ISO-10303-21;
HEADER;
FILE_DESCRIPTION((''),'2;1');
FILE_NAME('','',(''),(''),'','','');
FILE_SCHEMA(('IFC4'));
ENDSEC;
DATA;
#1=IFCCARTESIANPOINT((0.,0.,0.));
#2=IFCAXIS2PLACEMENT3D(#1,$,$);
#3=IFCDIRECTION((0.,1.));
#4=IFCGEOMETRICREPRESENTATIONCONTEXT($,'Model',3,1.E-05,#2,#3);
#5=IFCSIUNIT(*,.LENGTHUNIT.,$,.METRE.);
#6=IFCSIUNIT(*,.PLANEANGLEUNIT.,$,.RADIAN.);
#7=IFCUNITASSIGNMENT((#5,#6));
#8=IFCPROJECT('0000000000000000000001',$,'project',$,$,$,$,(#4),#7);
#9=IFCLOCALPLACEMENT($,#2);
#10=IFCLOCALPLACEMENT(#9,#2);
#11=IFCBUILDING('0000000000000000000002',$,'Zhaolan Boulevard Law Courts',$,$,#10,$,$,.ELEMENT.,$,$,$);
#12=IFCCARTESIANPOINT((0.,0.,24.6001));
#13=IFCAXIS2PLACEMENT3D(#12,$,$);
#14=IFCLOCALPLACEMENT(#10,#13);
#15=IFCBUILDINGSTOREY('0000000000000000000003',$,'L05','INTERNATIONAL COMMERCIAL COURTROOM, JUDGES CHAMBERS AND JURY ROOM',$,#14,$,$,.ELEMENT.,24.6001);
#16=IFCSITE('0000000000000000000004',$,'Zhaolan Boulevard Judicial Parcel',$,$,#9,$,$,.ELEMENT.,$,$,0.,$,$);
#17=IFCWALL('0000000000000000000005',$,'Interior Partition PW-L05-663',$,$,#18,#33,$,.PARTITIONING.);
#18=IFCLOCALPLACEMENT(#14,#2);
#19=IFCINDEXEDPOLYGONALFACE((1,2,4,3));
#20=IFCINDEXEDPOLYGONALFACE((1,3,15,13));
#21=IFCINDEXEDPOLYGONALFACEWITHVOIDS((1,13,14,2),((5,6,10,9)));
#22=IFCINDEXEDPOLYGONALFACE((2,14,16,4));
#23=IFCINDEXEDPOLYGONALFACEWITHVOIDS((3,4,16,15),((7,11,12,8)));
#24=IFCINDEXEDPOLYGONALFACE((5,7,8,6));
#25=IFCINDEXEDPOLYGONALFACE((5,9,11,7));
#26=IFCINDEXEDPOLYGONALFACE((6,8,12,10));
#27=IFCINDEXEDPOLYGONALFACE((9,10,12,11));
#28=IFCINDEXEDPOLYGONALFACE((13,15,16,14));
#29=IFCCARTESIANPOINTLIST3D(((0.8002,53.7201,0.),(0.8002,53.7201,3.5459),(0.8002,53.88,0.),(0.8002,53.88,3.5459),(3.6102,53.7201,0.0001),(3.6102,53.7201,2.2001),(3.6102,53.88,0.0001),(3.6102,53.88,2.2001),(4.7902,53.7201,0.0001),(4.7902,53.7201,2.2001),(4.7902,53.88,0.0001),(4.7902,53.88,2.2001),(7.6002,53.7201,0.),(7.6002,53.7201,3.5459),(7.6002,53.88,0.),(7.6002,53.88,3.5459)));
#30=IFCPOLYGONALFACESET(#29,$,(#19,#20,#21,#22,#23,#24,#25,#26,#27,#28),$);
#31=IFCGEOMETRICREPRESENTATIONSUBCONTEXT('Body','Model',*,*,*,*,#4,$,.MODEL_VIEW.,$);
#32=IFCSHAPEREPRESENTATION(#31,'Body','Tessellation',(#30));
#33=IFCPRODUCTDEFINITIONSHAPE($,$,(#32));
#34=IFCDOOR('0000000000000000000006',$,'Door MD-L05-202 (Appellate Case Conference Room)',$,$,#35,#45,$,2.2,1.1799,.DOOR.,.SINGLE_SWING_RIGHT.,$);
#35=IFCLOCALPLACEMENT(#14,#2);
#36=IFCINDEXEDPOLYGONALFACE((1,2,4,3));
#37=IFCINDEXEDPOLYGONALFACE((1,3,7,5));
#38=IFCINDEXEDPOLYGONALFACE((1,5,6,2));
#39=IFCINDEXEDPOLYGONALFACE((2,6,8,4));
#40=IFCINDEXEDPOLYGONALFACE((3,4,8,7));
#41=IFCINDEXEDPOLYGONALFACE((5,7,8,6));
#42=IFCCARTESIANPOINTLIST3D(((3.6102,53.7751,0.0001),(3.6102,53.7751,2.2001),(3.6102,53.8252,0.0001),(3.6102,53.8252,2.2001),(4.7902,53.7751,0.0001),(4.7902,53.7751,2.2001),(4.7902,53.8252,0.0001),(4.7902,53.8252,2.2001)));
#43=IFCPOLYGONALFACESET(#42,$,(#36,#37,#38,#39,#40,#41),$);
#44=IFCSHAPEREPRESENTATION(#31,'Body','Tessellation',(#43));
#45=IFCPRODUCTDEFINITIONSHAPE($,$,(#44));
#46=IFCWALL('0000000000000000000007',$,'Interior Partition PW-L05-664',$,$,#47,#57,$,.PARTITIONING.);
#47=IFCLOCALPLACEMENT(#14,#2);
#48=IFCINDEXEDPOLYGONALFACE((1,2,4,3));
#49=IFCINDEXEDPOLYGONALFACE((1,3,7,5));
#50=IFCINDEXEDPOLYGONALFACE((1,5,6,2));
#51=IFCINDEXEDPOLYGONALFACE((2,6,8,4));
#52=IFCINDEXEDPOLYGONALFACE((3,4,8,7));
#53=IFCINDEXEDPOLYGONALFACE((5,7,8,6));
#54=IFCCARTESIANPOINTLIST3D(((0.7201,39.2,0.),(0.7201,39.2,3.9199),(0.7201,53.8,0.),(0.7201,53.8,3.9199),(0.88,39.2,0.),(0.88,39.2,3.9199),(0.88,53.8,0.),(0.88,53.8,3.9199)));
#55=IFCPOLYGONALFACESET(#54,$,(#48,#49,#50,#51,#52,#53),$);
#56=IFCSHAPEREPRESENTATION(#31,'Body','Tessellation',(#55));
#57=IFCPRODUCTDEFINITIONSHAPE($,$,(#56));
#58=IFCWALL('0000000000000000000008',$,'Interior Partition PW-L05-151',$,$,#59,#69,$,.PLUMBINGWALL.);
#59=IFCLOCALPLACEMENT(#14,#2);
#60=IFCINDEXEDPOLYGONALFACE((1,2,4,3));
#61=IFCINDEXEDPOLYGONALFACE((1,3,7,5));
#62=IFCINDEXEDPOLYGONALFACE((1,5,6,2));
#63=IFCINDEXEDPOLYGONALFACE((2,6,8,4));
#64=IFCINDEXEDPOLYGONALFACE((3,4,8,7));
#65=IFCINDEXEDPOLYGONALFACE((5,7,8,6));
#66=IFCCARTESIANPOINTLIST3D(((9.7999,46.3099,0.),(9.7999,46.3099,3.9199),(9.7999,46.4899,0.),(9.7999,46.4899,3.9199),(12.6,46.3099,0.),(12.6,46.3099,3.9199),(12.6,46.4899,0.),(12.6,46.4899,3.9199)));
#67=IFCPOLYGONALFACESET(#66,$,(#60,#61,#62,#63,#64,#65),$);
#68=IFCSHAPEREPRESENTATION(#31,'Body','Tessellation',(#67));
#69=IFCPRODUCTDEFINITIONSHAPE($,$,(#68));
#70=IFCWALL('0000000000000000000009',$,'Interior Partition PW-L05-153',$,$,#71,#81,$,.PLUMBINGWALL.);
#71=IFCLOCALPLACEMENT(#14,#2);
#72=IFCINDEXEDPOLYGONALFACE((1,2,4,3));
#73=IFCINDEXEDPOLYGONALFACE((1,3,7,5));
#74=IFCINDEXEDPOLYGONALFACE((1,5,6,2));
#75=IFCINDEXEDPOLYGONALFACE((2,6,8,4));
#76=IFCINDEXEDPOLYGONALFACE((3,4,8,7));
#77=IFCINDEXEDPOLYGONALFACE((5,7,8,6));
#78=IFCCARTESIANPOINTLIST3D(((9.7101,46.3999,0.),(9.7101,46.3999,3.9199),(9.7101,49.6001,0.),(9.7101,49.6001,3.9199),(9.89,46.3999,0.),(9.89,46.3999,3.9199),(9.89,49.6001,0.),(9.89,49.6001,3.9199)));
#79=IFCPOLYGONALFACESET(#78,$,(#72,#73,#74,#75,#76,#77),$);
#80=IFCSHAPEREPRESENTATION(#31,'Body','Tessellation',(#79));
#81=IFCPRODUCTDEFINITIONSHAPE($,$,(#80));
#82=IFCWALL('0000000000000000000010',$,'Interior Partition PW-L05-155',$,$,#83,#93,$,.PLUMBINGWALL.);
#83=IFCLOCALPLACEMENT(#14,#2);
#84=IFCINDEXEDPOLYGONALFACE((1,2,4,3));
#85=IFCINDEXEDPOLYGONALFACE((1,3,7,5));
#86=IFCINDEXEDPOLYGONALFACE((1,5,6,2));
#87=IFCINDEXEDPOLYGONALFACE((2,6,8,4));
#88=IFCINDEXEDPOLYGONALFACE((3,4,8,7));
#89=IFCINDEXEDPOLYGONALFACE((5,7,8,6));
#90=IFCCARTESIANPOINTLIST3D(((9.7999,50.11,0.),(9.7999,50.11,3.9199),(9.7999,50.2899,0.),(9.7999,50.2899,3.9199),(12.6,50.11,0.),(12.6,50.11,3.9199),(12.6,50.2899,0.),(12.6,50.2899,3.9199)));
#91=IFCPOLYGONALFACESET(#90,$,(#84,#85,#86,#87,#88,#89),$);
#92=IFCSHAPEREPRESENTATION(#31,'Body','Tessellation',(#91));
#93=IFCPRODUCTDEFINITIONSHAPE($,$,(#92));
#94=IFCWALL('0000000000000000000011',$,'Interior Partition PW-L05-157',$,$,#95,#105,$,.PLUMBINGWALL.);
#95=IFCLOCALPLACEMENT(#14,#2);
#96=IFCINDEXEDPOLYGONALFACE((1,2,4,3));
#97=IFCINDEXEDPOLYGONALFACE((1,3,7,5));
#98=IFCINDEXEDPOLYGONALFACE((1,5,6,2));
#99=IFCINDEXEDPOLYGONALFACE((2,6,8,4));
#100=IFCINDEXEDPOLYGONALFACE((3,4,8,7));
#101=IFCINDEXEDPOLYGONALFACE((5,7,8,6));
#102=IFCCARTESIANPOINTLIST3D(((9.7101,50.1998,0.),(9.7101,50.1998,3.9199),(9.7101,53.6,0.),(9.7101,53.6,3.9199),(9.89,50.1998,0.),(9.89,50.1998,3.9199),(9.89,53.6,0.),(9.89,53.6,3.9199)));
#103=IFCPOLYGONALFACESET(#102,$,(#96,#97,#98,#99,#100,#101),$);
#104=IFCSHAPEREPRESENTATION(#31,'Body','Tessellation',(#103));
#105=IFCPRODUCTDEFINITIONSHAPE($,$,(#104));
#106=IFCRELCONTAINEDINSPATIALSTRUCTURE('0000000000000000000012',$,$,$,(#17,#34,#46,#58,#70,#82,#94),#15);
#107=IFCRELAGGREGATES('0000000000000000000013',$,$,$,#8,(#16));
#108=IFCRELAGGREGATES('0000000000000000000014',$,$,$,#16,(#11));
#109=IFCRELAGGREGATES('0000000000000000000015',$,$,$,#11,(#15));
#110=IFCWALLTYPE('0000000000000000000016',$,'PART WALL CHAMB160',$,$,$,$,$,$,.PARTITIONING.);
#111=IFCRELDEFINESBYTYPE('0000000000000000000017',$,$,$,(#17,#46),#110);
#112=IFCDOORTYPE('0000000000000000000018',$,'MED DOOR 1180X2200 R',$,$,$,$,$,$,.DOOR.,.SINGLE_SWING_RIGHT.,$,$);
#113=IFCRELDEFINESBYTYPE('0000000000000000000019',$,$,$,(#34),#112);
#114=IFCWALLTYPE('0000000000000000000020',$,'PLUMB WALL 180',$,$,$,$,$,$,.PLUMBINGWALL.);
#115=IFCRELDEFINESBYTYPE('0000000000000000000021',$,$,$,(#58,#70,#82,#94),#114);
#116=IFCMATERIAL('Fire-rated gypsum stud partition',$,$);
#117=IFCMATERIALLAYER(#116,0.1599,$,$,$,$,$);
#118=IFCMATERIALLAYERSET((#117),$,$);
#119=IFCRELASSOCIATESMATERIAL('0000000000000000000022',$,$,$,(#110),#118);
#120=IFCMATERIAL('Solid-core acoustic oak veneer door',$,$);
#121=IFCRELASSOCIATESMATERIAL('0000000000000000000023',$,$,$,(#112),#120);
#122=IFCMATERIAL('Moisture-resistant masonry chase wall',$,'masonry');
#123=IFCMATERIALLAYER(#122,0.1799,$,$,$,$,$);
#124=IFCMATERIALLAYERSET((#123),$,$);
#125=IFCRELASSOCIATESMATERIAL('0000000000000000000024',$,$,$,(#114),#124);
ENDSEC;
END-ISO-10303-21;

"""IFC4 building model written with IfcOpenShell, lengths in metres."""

from ifc_helpers import new_model, si_unit, direction, frame, frame_2d, origin, place, context, subcontext, project, spatial, rectangle, extrude, material, layer, layer_set, type_object, element, fill, save


model = new_model("IFC4")

# Units and contexts
model_context = context("Model", 3, precision=1e-05, world=origin(), true_north=direction((0.0, 1.0)))
body_context = subcontext(model_context, "Body", "Model", "MODEL_VIEW")
ifc_project = project(units=[si_unit("LENGTHUNIT", "METRE"), si_unit("PLANEANGLEUNIT", "RADIAN")], contexts=[model_context])

# Site, building, storey
site_placement = place(None, origin())
site = spatial("IfcSite", under=ifc_project, at=site_placement, Name="Zhaolan Boulevard Judicial Parcel", CompositionType="ELEMENT", RefElevation=0.0)
building_placement = place(site_placement, origin())
building = spatial("IfcBuilding", under=site, at=building_placement, Name="Zhaolan Boulevard Law Courts", CompositionType="ELEMENT")
storey_placement = place(building_placement, frame((0.0, 0.0, 24.6001)))
storey = spatial("IfcBuildingStorey", under=building, at=storey_placement, Name="L05", Description="INTERNATIONAL COMMERCIAL COURTROOM, JUDGES CHAMBERS AND JURY ROOM", CompositionType="ELEMENT", Elevation=24.6001)

# Wall, opening, door
ifc_material_1 = material(Name="Fire-rated gypsum stud partition")
ifc_layer_1 = layer(ifc_material_1, 0.1599)
ifc_layer_set_1 = layer_set([ifc_layer_1])
wall_type_1 = type_object("IfcWallType", Name="PART WALL CHAMB160", PredefinedType="PARTITIONING", material=ifc_layer_set_1)
wall_1_placement = place(storey_placement, frame((7.6001, 53.8, 0.0), z_axis=(0.0, 0.0, 1.0), x_axis=(-1.0, 0.0, 0.0)))
wall_1 = element("IfcWall", 1, at=wall_1_placement, inside=storey, type_object=wall_type_1, Name="Interior Partition PW-L05-663", PredefinedType="PARTITIONING", context=body_context, shape_type="SweptSolid", body=[
    extrude(rectangle(XDim=6.8, YDim=0.1599, at=frame_2d((3.3999, 0.0))), origin(), (0.0, 0.0, 1.0), 3.5459),
])
opening_placement = place(wall_1_placement, frame((2.8101, 0.0, 0.0)))
opening = element("IfcOpeningElement", 2, at=opening_placement, cuts=wall_1, PredefinedType="OPENING", context=body_context, shape_type="SweptSolid", body=[
    extrude(rectangle(XDim=1.1799, YDim=2.2, at=frame_2d((0.5898, 1.1001))), frame((0.0, 0.0898, 0.0), z_axis=(0.0, -1.0, 0.0), x_axis=(1.0, 0.0, 0.0)), (0.0, 0.0, 1.0), 0.1799),
])
ifc_material_2 = material(Name="Solid-core acoustic oak veneer door")
door_type = type_object("IfcDoorType", Name="MED DOOR 1180X2200 R", OperationType="SINGLE_SWING_RIGHT", PredefinedType="DOOR", material=ifc_material_2)
door_placement = place(opening_placement, origin())
door = element("IfcDoor", 3, at=door_placement, inside=storey, type_object=door_type, Name="Door MD-L05-202 (Appellate Case Conference Room)", OperationType="SINGLE_SWING_RIGHT", OverallHeight=2.2, OverallWidth=1.1799, PredefinedType="DOOR", context=body_context, shape_type="SweptSolid", body=[
    extrude(rectangle(XDim=1.1799, YDim=2.2, at=frame_2d((0.5898, 1.1001))), frame((0.0, 0.0249, 0.0), z_axis=(0.0, -1.0, 0.0), x_axis=(1.0, 0.0, 0.0)), (0.0, 0.0, 1.0), 0.05),
])
fill(opening, door)

# Walls
wall_2_placement = place(storey_placement, frame((0.8, 53.8, 0.0), z_axis=(0.0, 0.0, 1.0), x_axis=(0.0, -1.0, 0.0)))
element("IfcWall", 4, at=wall_2_placement, inside=storey, type_object=wall_type_1, Name="Interior Partition PW-L05-664", PredefinedType="PARTITIONING", context=body_context, shape_type="SweptSolid", body=[
    extrude(rectangle(XDim=14.6001, YDim=0.1599, at=frame_2d((7.3, 0.0))), origin(), (0.0, 0.0, 1.0), 3.9199),
])
ifc_material_3 = material(Name="Moisture-resistant masonry chase wall", Category="masonry")
ifc_layer_2 = layer(ifc_material_3, 0.1799)
ifc_layer_set_2 = layer_set([ifc_layer_2])
wall_type_2 = type_object("IfcWallType", Name="PLUMB WALL 180", PredefinedType="PLUMBINGWALL", material=ifc_layer_set_2)
wall_3_placement = place(storey_placement, frame((9.8, 46.3999, 0.0), z_axis=(0.0, 0.0, 1.0), x_axis=(1.0, 0.0, 0.0)))
element("IfcWall", 5, at=wall_3_placement, inside=storey, type_object=wall_type_2, Name="Interior Partition PW-L05-151", PredefinedType="PLUMBINGWALL", context=body_context, shape_type="SweptSolid", body=[
    extrude(rectangle(XDim=2.8, YDim=0.1799, at=frame_2d((1.3999, 0.0))), origin(), (0.0, 0.0, 1.0), 3.9199),
])
wall_4_placement = place(storey_placement, frame((9.8, 49.6001, 0.0), z_axis=(0.0, 0.0, 1.0), x_axis=(0.0, -1.0, 0.0)))
element("IfcWall", 6, at=wall_4_placement, inside=storey, type_object=wall_type_2, Name="Interior Partition PW-L05-153", PredefinedType="PLUMBINGWALL", context=body_context, shape_type="SweptSolid", body=[
    extrude(rectangle(XDim=3.2002, YDim=0.1799, at=frame_2d((1.6001, 0.0))), origin(), (0.0, 0.0, 1.0), 3.9199),
])
wall_5_placement = place(storey_placement, frame((9.8, 50.2, 0.0), z_axis=(0.0, 0.0, 1.0), x_axis=(1.0, 0.0, 0.0)))
element("IfcWall", 7, at=wall_5_placement, inside=storey, type_object=wall_type_2, Name="Interior Partition PW-L05-155", PredefinedType="PLUMBINGWALL", context=body_context, shape_type="SweptSolid", body=[
    extrude(rectangle(XDim=2.8, YDim=0.1799, at=frame_2d((1.3999, 0.0))), origin(), (0.0, 0.0, 1.0), 3.9199),
])
wall_6_placement = place(storey_placement, frame((9.8, 53.6001, 0.0), z_axis=(0.0, 0.0, 1.0), x_axis=(0.0, -1.0, 0.0)))
element("IfcWall", 8, at=wall_6_placement, inside=storey, type_object=wall_type_2, Name="Interior Partition PW-L05-157", PredefinedType="PLUMBINGWALL", context=body_context, shape_type="SweptSolid", body=[
    extrude(rectangle(XDim=3.4001, YDim=0.1799, at=frame_2d((1.7002, 0.0))), origin(), (0.0, 0.0, 1.0), 3.9199),
])

save(model, "model.ifc")
